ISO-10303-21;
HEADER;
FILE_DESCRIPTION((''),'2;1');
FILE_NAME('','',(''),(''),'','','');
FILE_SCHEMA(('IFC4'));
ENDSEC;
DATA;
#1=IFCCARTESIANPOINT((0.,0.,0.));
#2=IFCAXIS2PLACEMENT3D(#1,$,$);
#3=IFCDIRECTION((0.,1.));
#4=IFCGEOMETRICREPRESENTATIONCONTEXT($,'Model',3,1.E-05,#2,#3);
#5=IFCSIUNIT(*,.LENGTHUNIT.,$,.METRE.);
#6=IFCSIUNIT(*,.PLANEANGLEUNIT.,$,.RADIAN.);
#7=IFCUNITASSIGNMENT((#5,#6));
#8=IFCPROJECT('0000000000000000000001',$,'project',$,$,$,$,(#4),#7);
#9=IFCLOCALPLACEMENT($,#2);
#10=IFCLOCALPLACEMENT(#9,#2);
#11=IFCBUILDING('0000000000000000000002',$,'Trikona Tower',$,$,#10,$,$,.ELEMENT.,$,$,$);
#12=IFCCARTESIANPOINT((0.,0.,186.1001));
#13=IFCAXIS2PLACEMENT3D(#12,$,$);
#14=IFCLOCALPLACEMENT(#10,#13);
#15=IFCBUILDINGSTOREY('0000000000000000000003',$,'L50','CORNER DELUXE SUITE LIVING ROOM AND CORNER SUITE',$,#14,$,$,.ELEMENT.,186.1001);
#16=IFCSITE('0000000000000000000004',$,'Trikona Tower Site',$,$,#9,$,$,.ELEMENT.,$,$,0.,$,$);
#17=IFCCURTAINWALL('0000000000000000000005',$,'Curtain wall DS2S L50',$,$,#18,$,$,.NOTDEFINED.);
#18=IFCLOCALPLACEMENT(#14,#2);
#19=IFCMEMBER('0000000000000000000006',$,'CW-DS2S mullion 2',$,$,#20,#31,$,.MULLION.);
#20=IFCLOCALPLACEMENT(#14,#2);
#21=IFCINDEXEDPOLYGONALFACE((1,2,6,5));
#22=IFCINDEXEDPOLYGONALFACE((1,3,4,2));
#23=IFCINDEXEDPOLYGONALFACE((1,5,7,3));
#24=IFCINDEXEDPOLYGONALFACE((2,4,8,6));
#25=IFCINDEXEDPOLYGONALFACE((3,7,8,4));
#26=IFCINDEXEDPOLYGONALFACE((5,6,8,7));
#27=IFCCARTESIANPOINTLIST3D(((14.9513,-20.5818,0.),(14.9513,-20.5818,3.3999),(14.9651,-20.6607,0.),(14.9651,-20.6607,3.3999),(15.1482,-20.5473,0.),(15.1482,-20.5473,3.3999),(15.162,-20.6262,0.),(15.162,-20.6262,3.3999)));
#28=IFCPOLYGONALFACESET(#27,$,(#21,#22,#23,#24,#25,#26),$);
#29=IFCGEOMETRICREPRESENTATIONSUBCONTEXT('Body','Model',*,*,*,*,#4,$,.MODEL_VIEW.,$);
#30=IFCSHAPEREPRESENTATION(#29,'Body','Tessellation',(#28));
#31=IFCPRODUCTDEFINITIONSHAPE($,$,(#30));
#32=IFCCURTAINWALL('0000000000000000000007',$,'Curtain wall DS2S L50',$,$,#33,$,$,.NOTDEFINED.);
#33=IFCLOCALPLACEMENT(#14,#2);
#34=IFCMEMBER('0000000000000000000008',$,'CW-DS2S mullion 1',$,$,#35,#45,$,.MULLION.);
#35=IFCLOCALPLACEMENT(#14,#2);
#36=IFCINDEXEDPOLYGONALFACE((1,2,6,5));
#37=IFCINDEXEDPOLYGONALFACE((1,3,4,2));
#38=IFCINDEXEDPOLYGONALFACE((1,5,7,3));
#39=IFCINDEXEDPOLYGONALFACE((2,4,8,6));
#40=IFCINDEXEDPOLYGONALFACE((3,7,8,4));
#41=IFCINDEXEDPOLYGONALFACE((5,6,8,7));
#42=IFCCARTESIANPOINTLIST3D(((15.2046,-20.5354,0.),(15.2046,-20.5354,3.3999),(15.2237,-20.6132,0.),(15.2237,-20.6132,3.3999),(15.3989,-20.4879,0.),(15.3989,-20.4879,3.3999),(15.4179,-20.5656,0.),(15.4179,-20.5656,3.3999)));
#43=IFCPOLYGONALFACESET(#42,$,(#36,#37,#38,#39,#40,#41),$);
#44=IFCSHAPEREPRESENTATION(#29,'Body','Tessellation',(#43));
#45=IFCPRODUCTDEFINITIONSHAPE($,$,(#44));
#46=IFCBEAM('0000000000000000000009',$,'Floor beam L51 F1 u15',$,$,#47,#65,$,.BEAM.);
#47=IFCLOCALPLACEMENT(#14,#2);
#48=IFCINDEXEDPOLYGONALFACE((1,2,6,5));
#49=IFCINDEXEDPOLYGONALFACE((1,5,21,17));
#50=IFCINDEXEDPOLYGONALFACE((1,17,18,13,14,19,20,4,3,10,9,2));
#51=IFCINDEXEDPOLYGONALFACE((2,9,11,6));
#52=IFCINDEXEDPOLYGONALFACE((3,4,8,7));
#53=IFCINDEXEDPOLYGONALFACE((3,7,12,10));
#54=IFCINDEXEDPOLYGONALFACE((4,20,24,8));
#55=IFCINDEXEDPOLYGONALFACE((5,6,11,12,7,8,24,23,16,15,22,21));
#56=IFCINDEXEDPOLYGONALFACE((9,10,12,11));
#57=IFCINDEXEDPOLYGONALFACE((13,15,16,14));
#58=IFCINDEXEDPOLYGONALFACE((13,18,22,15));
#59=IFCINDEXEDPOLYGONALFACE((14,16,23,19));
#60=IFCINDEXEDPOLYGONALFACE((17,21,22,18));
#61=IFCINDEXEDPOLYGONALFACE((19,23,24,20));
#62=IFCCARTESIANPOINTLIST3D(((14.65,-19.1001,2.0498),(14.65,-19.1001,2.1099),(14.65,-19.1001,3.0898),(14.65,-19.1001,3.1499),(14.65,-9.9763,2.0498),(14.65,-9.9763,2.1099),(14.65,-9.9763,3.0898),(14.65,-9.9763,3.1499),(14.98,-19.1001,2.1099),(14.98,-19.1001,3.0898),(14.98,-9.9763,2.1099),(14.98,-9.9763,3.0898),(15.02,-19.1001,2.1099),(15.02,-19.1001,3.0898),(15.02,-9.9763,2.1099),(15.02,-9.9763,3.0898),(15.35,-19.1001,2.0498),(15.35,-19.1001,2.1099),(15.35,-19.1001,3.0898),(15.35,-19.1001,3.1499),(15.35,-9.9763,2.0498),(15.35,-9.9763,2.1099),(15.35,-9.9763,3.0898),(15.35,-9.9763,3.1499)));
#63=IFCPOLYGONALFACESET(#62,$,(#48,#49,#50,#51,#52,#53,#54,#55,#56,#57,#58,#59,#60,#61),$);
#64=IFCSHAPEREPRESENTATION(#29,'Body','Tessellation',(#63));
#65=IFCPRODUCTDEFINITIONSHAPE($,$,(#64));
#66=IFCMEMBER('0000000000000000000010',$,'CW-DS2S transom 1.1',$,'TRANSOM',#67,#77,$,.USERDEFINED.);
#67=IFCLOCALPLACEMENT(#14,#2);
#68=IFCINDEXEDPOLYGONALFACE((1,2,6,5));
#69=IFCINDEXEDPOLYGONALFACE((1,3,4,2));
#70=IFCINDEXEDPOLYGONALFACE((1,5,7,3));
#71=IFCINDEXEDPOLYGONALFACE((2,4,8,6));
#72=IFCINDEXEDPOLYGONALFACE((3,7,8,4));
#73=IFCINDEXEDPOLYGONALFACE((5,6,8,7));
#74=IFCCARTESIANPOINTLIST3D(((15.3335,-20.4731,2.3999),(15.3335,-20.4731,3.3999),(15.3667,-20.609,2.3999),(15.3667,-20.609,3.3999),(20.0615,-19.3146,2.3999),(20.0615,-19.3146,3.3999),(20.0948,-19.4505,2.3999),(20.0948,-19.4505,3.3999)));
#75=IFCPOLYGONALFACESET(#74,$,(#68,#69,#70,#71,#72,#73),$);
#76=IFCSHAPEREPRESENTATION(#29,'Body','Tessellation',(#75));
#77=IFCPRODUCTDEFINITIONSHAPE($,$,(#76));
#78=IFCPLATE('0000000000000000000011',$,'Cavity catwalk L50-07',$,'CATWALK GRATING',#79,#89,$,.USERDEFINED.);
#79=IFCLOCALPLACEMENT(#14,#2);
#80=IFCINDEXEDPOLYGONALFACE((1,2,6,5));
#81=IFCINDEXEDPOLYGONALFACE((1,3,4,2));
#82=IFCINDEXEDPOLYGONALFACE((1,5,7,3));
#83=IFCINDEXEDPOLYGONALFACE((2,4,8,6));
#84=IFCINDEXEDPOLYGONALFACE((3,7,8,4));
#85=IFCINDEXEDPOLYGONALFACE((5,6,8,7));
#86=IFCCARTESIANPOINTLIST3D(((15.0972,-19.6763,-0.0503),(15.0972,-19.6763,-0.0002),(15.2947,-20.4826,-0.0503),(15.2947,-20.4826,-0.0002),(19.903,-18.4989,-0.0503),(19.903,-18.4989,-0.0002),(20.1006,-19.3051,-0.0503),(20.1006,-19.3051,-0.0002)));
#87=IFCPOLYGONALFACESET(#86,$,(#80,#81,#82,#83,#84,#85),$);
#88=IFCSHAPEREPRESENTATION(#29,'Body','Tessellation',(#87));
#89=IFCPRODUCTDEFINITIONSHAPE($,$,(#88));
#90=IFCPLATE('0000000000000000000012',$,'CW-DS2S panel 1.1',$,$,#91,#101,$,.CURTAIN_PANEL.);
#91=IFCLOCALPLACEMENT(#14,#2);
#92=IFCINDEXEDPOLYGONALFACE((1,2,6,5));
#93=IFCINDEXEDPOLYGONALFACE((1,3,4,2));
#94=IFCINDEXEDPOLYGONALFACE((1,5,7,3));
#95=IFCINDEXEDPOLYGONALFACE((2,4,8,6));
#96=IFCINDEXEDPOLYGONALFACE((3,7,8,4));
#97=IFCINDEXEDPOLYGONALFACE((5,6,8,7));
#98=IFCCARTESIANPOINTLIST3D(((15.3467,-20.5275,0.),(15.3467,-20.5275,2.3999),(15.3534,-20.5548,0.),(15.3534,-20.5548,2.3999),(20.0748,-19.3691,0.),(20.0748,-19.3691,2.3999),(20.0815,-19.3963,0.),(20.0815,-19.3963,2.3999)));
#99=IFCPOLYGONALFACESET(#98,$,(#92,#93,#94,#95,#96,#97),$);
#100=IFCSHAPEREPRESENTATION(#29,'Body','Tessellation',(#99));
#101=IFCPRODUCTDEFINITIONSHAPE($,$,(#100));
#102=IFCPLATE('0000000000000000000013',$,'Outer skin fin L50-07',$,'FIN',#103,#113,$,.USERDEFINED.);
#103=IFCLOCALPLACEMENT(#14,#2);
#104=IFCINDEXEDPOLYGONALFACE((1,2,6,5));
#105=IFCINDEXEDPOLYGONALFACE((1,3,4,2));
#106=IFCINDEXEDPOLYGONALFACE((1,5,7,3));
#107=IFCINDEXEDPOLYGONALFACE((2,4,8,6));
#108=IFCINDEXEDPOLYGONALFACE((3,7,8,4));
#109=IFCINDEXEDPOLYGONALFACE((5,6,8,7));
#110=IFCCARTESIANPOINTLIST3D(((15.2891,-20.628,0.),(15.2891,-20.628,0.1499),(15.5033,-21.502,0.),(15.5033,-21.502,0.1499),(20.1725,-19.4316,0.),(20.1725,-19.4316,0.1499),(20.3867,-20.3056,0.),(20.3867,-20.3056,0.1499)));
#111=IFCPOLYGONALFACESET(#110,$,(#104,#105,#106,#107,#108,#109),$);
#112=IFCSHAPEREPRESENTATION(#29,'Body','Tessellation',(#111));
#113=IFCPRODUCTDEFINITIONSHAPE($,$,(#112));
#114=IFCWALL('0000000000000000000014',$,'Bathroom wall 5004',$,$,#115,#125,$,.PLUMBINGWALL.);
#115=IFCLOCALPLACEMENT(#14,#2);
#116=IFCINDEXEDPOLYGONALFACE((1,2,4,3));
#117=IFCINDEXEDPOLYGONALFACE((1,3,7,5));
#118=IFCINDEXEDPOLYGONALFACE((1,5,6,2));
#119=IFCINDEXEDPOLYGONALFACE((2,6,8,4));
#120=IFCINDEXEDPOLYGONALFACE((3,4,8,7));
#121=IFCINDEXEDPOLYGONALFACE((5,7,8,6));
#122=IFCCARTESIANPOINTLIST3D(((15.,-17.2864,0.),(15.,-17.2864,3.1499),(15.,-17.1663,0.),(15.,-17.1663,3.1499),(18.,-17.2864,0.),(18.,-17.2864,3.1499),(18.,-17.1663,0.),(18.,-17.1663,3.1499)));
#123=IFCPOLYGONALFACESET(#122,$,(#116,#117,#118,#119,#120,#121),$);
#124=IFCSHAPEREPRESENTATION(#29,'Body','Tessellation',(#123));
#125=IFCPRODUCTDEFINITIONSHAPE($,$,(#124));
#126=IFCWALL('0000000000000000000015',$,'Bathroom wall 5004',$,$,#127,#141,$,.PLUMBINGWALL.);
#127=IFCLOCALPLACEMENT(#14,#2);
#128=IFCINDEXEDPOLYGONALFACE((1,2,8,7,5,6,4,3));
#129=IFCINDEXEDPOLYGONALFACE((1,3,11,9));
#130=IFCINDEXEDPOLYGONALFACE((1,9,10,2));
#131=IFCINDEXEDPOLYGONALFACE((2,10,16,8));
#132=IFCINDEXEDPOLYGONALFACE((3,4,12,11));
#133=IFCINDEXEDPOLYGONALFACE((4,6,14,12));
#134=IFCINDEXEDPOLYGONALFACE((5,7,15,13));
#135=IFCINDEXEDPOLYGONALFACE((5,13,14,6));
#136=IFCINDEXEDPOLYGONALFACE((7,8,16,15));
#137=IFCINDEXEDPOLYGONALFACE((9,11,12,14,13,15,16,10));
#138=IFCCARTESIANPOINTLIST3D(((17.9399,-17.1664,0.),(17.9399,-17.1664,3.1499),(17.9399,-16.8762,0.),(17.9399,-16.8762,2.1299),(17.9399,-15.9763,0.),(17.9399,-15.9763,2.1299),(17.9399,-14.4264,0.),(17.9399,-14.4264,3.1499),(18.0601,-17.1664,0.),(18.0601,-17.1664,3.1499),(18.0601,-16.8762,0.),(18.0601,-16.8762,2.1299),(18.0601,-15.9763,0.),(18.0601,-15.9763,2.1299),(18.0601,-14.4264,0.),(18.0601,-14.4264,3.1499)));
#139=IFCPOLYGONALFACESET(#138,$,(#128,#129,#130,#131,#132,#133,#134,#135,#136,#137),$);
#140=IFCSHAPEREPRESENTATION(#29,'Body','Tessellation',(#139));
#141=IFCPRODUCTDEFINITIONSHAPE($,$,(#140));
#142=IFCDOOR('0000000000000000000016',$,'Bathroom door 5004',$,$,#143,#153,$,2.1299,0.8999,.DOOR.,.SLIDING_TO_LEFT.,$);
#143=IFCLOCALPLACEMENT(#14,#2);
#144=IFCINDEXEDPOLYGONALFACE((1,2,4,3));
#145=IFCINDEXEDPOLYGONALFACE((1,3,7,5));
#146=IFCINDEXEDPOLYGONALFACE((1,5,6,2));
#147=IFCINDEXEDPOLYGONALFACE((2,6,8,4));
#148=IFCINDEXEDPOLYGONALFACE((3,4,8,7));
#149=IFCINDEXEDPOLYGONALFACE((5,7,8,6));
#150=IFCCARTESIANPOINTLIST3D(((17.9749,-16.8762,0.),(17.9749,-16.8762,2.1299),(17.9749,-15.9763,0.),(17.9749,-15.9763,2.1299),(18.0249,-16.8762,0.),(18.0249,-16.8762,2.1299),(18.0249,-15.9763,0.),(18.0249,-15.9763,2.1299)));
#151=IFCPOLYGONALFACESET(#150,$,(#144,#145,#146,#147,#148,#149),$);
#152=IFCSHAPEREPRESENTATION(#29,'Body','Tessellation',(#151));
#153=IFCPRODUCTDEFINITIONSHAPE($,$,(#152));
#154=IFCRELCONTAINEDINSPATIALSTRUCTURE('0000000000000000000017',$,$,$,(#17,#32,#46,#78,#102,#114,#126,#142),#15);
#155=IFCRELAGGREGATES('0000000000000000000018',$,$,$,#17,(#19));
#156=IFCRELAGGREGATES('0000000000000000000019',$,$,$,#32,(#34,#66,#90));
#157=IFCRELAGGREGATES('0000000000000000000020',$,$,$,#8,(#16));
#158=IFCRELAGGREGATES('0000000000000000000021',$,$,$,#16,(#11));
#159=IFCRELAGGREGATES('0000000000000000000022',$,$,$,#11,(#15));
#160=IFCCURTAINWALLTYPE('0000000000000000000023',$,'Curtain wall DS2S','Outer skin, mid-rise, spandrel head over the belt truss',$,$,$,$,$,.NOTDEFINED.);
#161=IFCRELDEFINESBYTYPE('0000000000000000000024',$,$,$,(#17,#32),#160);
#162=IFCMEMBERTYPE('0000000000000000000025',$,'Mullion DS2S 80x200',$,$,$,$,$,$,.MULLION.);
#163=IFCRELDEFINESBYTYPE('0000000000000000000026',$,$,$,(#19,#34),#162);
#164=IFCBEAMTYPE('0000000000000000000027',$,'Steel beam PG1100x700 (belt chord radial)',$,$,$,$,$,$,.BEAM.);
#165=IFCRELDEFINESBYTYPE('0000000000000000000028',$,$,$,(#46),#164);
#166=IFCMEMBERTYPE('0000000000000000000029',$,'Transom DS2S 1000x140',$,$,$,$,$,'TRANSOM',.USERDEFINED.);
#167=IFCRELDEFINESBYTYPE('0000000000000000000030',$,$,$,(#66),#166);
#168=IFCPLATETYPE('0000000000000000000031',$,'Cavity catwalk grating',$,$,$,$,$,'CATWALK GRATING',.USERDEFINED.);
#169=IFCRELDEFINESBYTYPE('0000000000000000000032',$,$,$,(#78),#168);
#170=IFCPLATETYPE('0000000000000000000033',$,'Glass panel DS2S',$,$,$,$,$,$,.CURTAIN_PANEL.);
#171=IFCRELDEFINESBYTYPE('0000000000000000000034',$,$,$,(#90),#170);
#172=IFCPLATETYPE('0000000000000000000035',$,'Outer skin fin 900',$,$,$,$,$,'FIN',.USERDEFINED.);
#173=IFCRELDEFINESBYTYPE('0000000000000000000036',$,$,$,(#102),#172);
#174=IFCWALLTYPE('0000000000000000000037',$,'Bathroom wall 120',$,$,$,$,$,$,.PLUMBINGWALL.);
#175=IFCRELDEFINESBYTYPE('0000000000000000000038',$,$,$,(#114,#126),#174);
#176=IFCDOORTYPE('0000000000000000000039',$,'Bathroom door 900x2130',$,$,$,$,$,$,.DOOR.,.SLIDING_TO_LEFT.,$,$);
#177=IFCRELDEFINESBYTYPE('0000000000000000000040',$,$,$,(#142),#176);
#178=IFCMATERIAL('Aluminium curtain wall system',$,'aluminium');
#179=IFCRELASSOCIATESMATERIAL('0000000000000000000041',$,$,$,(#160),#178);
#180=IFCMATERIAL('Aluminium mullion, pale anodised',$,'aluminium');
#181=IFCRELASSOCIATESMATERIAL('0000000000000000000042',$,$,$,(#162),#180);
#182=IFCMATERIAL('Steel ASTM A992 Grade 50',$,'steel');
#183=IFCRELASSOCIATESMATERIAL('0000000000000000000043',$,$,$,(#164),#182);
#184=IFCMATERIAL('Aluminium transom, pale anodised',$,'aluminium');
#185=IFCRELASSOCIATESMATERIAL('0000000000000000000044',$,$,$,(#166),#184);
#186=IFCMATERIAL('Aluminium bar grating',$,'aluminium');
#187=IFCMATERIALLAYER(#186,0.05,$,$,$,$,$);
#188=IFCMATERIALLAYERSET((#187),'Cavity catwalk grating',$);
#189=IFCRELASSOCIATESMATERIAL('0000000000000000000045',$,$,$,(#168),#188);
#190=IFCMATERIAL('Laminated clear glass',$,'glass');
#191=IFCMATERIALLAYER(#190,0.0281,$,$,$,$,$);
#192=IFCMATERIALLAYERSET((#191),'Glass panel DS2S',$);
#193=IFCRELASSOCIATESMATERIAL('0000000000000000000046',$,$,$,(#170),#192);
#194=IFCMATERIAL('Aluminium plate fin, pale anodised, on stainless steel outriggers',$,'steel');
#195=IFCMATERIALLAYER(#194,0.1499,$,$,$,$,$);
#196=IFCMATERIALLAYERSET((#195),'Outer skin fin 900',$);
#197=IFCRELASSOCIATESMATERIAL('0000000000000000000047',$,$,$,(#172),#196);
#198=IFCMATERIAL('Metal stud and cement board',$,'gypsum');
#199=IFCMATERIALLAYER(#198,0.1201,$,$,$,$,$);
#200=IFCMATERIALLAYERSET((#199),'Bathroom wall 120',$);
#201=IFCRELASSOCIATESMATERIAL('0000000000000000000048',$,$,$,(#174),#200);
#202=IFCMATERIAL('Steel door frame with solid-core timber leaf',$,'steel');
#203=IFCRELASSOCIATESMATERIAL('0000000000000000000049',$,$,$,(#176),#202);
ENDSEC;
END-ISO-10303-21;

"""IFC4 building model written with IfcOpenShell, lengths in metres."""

from ifc_helpers import new_model, si_unit, direction, frame, frame_2d, origin, origin_2d, place, context, subcontext, project, spatial, rectangle, i_section, extrude, material, layer, layer_set, material_profile, profile_set, type_object, element, fill, aggregate, save


model = new_model("IFC4")

# Units and contexts
model_context = context("Model", 3, precision=1e-05, world=origin(), true_north=direction((0.0, 1.0)))
body_context = subcontext(model_context, "Body", "Model", "MODEL_VIEW")
ifc_project = project(units=[si_unit("LENGTHUNIT", "METRE"), si_unit("PLANEANGLEUNIT", "RADIAN")], contexts=[model_context])

# Site, building, storey
site_placement = place(None, origin())
site = spatial("IfcSite", under=ifc_project, at=site_placement, Name="Trikona Tower Site", CompositionType="ELEMENT", RefElevation=0.0)
building_placement = place(site_placement, origin())
building = spatial("IfcBuilding", under=site, at=building_placement, Name="Trikona Tower", CompositionType="ELEMENT")
storey_placement = place(building_placement, frame((0.0, 0.0, 186.1001)))
storey = spatial("IfcBuildingStorey", under=building, at=storey_placement, Name="L50", Description="CORNER DELUXE SUITE LIVING ROOM AND CORNER SUITE", CompositionType="ELEMENT", Elevation=186.1001)

# Curtain walls, members
ifc_material_1 = material(Name="Aluminium curtain wall system", Category="aluminium")
curtain_wall_type = type_object("IfcCurtainWallType", Name="Curtain wall DS2S", Description="Outer skin, mid-rise, spandrel head over the belt truss", PredefinedType="NOTDEFINED", material=ifc_material_1)
curtain_wall_1_placement = place(storey_placement, origin())
curtain_wall_1 = element("IfcCurtainWall", 1, at=curtain_wall_1_placement, inside=storey, type_object=curtain_wall_type, Name="Curtain wall DS2S L50", PredefinedType="NOTDEFINED")
ifc_material_2 = material(Name="Aluminium mullion, pale anodised", Category="aluminium")
ifc_material_profile_1 = material_profile(ifc_material_2, rectangle(XDim=0.0801, YDim=0.2, at=origin_2d()), Name="MUL-DS2S")
ifc_profile_set_1 = profile_set([ifc_material_profile_1], Name="Aluminium mullion, pale anodised")
member_type_1 = type_object("IfcMemberType", Name="Mullion DS2S 80x200", PredefinedType="MULLION", material=ifc_profile_set_1)
member_1_placement = place(storey_placement, frame((15.0566, -20.604, 0.0), z_axis=(0.0, 0.0, 1.0), x_axis=(-0.172377, 0.985031, 0.0)))
member_1 = element("IfcMember", 2, at=member_1_placement, type_object=member_type_1, Name="CW-DS2S mullion 2", PredefinedType="MULLION", context=body_context, shape_type="SweptSolid", body=[
    extrude(rectangle(XDim=0.0801, YDim=0.2, at=origin_2d()), origin(), (0.0, 0.0, 1.0), 3.3999),
])
aggregate(curtain_wall_1, [member_1])
curtain_wall_2_placement = place(storey_placement, origin())
curtain_wall_2 = element("IfcCurtainWall", 3, at=curtain_wall_2_placement, inside=storey, type_object=curtain_wall_type, Name="Curtain wall DS2S L50", PredefinedType="NOTDEFINED")
member_2_placement = place(storey_placement, frame((15.3113, -20.5505, 0.0), z_axis=(0.0, 0.0, 1.0), x_axis=(-0.23797, 0.971272, 0.0)))
member_2 = element("IfcMember", 4, at=member_2_placement, type_object=member_type_1, Name="CW-DS2S mullion 1", PredefinedType="MULLION", context=body_context, shape_type="SweptSolid", body=[
    extrude(rectangle(XDim=0.0801, YDim=0.2, at=origin_2d()), origin(), (0.0, 0.0, 1.0), 3.3999),
])

# Beam
ifc_material_3 = material(Name="Steel ASTM A992 Grade 50", Category="steel")
ifc_material_profile_2 = material_profile(ifc_material_3, i_section(OverallWidth=0.7, OverallDepth=1.1001, WebThickness=0.04, FlangeThickness=0.0601, at=origin_2d()), Name="PG1100X700")
ifc_profile_set_2 = profile_set([ifc_material_profile_2], Name="Steel ASTM A992 Grade 50")
beam_type = type_object("IfcBeamType", Name="Steel beam PG1100x700 (belt chord radial)", PredefinedType="BEAM", material=ifc_profile_set_2)
beam_placement = place(storey_placement, frame((15.0, -9.9763, 2.5999), z_axis=(0.0, -1.0, 0.0), x_axis=(1.0, 0.0, 0.0)))
element("IfcBeam", 5, at=beam_placement, inside=storey, type_object=beam_type, Name="Floor beam L51 F1 u15", PredefinedType="BEAM", context=body_context, shape_type="SweptSolid", body=[
    extrude(i_section(OverallWidth=0.7, OverallDepth=1.1001, WebThickness=0.04, FlangeThickness=0.0601, at=origin_2d()), origin(), (0.0, 0.0, 1.0), 9.1238),
])

# Member
ifc_material_4 = material(Name="Aluminium transom, pale anodised", Category="aluminium")
ifc_material_profile_3 = material_profile(ifc_material_4, rectangle(XDim=0.1399, YDim=1.0, at=origin_2d()), Name="TRN-DS2S")
ifc_profile_set_3 = profile_set([ifc_material_profile_3], Name="Aluminium transom, pale anodised")
member_type_2 = type_object("IfcMemberType", Name="Transom DS2S 1000x140", ElementType="TRANSOM", PredefinedType="USERDEFINED", material=ifc_profile_set_3)
member_3_placement = place(storey_placement, frame((15.3501, -20.541, 2.8999), z_axis=(0.971271, 0.237978, 0.0), x_axis=(-0.237978, 0.971271, 0.0)))
member_3 = element("IfcMember", 6, at=member_3_placement, type_object=member_type_2, Name="CW-DS2S transom 1.1", ObjectType="TRANSOM", PredefinedType="USERDEFINED", context=body_context, shape_type="SweptSolid", body=[
    extrude(rectangle(XDim=0.1399, YDim=1.0, at=origin_2d()), origin(), (0.0, 0.0, 1.0), 4.8679),
])

# Plates
ifc_material_5 = material(Name="Aluminium bar grating", Category="aluminium")
ifc_layer_1 = layer(ifc_material_5, 0.05)
ifc_layer_set_1 = layer_set([ifc_layer_1], Name="Cavity catwalk grating")
plate_type_1 = type_object("IfcPlateType", Name="Cavity catwalk grating", ElementType="CATWALK GRATING", PredefinedType="USERDEFINED", material=ifc_layer_set_1)
plate_1_placement = place(storey_placement, frame((17.5989, -19.4907, -0.0503), z_axis=(0.0, 0.0, 1.0), x_axis=(0.971274, 0.237962, 0.0)))
element("IfcPlate", 7, at=plate_1_placement, inside=storey, type_object=plate_type_1, Name="Cavity catwalk L50-07", ObjectType="CATWALK GRATING", PredefinedType="USERDEFINED", context=body_context, shape_type="SweptSolid", body=[
    extrude(rectangle(XDim=4.948, YDim=0.8301, at=origin_2d()), origin(), (0.0, 0.0, 1.0), 0.05),
])
ifc_material_6 = material(Name="Laminated clear glass", Category="glass")
ifc_layer_2 = layer(ifc_material_6, 0.0281)
ifc_layer_set_2 = layer_set([ifc_layer_2], Name="Glass panel DS2S")
plate_type_2 = type_object("IfcPlateType", Name="Glass panel DS2S", PredefinedType="CURTAIN_PANEL", material=ifc_layer_set_2)
plate_2_placement = place(storey_placement, frame((17.7141, -19.9619, 0.0), z_axis=(0.0, 0.0, 1.0), x_axis=(0.971272, 0.23797, 0.0)))
plate_2 = element("IfcPlate", 8, at=plate_2_placement, type_object=plate_type_2, Name="CW-DS2S panel 1.1", PredefinedType="CURTAIN_PANEL", context=body_context, shape_type="SweptSolid", body=[
    extrude(rectangle(XDim=4.8679, YDim=0.0281, at=origin_2d()), origin(), (0.0, 0.0, 1.0), 2.3999),
])
aggregate(curtain_wall_2, [member_2, member_3, plate_2])
ifc_material_7 = material(Name="Aluminium plate fin, pale anodised, on stainless steel outriggers", Category="steel")
ifc_layer_3 = layer(ifc_material_7, 0.1499)
ifc_layer_set_3 = layer_set([ifc_layer_3], Name="Outer skin fin 900")
plate_type_3 = type_object("IfcPlateType", Name="Outer skin fin 900", ElementType="FIN", PredefinedType="USERDEFINED", material=ifc_layer_set_3)
plate_3_placement = place(storey_placement, frame((17.8379, -20.4668, 0.0), z_axis=(0.0, 0.0, 1.0), x_axis=(0.971274, 0.237962, 0.0)))
element("IfcPlate", 9, at=plate_3_placement, inside=storey, type_object=plate_type_3, Name="Outer skin fin L50-07", ObjectType="FIN", PredefinedType="USERDEFINED", context=body_context, shape_type="SweptSolid", body=[
    extrude(rectangle(XDim=5.0278, YDim=0.8999, at=origin_2d()), origin(), (0.0, 0.0, 1.0), 0.1499),
])

# Wall
ifc_material_8 = material(Name="Metal stud and cement board", Category="gypsum")
ifc_layer_4 = layer(ifc_material_8, 0.1201)
ifc_layer_set_4 = layer_set([ifc_layer_4], Name="Bathroom wall 120")
wall_type_1 = type_object("IfcWallType", Name="Bathroom wall 120", PredefinedType="PLUMBINGWALL", material=ifc_layer_set_4)
wall_1_placement = place(storey_placement, frame((15.0, -17.2263, 0.0), z_axis=(0.0, 0.0, 1.0), x_axis=(1.0, 0.0, 0.0)))
element("IfcWall", 10, at=wall_1_placement, inside=storey, type_object=wall_type_1, Name="Bathroom wall 5004", PredefinedType="PLUMBINGWALL", context=body_context, shape_type="SweptSolid", body=[
    extrude(rectangle(XDim=3.0, YDim=0.1201, at=frame_2d((1.5, 0.0))), origin(), (0.0, 0.0, 1.0), 3.1499),
])

# Wall, opening, door
wall_2_placement = place(storey_placement, frame((18.0, -14.4263, 0.0), z_axis=(0.0, 0.0, 1.0), x_axis=(0.0, -1.0, 0.0)))
wall_2 = element("IfcWall", 11, at=wall_2_placement, inside=storey, type_object=wall_type_1, Name="Bathroom wall 5004", PredefinedType="PLUMBINGWALL", context=body_context, shape_type="SweptSolid", body=[
    extrude(rectangle(XDim=2.74, YDim=0.1201, at=frame_2d((1.3701, 0.0))), origin(), (0.0, 0.0, 1.0), 3.1499),
])
opening_1_placement = place(wall_2_placement, frame((1.55, 0.0, 0.0)))
opening_1 = element("IfcOpeningElement", 12, at=opening_1_placement, cuts=wall_2, PredefinedType="OPENING", context=body_context, shape_type="SweptSolid", body=[
    extrude(rectangle(XDim=0.8999, YDim=2.1299, at=frame_2d((0.45, 1.0649))), frame((0.0, 0.0701, 0.0), z_axis=(0.0, -1.0, 0.0), x_axis=(1.0, 0.0, 0.0)), (0.0, 0.0, 1.0), 0.1401),
])
ifc_material_9 = material(Name="Steel door frame with solid-core timber leaf", Category="steel")
door_type_1 = type_object("IfcDoorType", Name="Bathroom door 900x2130", OperationType="SLIDING_TO_LEFT", PredefinedType="DOOR", material=ifc_material_9)
door_1_placement = place(opening_1_placement, origin())
door_1 = element("IfcDoor", 13, at=door_1_placement, inside=storey, type_object=door_type_1, Name="Bathroom door 5004", OperationType="SLIDING_TO_LEFT", OverallHeight=2.1299, OverallWidth=0.8999, PredefinedType="DOOR", context=body_context, shape_type="SweptSolid", body=[
    extrude(rectangle(XDim=0.8999, YDim=2.1299, at=frame_2d((0.45, 1.0649))), frame((0.0, 0.0249, 0.0), z_axis=(0.0, -1.0, 0.0), x_axis=(1.0, 0.0, 0.0)), (0.0, 0.0, 1.0), 0.05),
])
fill(opening_1, door_1)

save(model, "model.ifc")
